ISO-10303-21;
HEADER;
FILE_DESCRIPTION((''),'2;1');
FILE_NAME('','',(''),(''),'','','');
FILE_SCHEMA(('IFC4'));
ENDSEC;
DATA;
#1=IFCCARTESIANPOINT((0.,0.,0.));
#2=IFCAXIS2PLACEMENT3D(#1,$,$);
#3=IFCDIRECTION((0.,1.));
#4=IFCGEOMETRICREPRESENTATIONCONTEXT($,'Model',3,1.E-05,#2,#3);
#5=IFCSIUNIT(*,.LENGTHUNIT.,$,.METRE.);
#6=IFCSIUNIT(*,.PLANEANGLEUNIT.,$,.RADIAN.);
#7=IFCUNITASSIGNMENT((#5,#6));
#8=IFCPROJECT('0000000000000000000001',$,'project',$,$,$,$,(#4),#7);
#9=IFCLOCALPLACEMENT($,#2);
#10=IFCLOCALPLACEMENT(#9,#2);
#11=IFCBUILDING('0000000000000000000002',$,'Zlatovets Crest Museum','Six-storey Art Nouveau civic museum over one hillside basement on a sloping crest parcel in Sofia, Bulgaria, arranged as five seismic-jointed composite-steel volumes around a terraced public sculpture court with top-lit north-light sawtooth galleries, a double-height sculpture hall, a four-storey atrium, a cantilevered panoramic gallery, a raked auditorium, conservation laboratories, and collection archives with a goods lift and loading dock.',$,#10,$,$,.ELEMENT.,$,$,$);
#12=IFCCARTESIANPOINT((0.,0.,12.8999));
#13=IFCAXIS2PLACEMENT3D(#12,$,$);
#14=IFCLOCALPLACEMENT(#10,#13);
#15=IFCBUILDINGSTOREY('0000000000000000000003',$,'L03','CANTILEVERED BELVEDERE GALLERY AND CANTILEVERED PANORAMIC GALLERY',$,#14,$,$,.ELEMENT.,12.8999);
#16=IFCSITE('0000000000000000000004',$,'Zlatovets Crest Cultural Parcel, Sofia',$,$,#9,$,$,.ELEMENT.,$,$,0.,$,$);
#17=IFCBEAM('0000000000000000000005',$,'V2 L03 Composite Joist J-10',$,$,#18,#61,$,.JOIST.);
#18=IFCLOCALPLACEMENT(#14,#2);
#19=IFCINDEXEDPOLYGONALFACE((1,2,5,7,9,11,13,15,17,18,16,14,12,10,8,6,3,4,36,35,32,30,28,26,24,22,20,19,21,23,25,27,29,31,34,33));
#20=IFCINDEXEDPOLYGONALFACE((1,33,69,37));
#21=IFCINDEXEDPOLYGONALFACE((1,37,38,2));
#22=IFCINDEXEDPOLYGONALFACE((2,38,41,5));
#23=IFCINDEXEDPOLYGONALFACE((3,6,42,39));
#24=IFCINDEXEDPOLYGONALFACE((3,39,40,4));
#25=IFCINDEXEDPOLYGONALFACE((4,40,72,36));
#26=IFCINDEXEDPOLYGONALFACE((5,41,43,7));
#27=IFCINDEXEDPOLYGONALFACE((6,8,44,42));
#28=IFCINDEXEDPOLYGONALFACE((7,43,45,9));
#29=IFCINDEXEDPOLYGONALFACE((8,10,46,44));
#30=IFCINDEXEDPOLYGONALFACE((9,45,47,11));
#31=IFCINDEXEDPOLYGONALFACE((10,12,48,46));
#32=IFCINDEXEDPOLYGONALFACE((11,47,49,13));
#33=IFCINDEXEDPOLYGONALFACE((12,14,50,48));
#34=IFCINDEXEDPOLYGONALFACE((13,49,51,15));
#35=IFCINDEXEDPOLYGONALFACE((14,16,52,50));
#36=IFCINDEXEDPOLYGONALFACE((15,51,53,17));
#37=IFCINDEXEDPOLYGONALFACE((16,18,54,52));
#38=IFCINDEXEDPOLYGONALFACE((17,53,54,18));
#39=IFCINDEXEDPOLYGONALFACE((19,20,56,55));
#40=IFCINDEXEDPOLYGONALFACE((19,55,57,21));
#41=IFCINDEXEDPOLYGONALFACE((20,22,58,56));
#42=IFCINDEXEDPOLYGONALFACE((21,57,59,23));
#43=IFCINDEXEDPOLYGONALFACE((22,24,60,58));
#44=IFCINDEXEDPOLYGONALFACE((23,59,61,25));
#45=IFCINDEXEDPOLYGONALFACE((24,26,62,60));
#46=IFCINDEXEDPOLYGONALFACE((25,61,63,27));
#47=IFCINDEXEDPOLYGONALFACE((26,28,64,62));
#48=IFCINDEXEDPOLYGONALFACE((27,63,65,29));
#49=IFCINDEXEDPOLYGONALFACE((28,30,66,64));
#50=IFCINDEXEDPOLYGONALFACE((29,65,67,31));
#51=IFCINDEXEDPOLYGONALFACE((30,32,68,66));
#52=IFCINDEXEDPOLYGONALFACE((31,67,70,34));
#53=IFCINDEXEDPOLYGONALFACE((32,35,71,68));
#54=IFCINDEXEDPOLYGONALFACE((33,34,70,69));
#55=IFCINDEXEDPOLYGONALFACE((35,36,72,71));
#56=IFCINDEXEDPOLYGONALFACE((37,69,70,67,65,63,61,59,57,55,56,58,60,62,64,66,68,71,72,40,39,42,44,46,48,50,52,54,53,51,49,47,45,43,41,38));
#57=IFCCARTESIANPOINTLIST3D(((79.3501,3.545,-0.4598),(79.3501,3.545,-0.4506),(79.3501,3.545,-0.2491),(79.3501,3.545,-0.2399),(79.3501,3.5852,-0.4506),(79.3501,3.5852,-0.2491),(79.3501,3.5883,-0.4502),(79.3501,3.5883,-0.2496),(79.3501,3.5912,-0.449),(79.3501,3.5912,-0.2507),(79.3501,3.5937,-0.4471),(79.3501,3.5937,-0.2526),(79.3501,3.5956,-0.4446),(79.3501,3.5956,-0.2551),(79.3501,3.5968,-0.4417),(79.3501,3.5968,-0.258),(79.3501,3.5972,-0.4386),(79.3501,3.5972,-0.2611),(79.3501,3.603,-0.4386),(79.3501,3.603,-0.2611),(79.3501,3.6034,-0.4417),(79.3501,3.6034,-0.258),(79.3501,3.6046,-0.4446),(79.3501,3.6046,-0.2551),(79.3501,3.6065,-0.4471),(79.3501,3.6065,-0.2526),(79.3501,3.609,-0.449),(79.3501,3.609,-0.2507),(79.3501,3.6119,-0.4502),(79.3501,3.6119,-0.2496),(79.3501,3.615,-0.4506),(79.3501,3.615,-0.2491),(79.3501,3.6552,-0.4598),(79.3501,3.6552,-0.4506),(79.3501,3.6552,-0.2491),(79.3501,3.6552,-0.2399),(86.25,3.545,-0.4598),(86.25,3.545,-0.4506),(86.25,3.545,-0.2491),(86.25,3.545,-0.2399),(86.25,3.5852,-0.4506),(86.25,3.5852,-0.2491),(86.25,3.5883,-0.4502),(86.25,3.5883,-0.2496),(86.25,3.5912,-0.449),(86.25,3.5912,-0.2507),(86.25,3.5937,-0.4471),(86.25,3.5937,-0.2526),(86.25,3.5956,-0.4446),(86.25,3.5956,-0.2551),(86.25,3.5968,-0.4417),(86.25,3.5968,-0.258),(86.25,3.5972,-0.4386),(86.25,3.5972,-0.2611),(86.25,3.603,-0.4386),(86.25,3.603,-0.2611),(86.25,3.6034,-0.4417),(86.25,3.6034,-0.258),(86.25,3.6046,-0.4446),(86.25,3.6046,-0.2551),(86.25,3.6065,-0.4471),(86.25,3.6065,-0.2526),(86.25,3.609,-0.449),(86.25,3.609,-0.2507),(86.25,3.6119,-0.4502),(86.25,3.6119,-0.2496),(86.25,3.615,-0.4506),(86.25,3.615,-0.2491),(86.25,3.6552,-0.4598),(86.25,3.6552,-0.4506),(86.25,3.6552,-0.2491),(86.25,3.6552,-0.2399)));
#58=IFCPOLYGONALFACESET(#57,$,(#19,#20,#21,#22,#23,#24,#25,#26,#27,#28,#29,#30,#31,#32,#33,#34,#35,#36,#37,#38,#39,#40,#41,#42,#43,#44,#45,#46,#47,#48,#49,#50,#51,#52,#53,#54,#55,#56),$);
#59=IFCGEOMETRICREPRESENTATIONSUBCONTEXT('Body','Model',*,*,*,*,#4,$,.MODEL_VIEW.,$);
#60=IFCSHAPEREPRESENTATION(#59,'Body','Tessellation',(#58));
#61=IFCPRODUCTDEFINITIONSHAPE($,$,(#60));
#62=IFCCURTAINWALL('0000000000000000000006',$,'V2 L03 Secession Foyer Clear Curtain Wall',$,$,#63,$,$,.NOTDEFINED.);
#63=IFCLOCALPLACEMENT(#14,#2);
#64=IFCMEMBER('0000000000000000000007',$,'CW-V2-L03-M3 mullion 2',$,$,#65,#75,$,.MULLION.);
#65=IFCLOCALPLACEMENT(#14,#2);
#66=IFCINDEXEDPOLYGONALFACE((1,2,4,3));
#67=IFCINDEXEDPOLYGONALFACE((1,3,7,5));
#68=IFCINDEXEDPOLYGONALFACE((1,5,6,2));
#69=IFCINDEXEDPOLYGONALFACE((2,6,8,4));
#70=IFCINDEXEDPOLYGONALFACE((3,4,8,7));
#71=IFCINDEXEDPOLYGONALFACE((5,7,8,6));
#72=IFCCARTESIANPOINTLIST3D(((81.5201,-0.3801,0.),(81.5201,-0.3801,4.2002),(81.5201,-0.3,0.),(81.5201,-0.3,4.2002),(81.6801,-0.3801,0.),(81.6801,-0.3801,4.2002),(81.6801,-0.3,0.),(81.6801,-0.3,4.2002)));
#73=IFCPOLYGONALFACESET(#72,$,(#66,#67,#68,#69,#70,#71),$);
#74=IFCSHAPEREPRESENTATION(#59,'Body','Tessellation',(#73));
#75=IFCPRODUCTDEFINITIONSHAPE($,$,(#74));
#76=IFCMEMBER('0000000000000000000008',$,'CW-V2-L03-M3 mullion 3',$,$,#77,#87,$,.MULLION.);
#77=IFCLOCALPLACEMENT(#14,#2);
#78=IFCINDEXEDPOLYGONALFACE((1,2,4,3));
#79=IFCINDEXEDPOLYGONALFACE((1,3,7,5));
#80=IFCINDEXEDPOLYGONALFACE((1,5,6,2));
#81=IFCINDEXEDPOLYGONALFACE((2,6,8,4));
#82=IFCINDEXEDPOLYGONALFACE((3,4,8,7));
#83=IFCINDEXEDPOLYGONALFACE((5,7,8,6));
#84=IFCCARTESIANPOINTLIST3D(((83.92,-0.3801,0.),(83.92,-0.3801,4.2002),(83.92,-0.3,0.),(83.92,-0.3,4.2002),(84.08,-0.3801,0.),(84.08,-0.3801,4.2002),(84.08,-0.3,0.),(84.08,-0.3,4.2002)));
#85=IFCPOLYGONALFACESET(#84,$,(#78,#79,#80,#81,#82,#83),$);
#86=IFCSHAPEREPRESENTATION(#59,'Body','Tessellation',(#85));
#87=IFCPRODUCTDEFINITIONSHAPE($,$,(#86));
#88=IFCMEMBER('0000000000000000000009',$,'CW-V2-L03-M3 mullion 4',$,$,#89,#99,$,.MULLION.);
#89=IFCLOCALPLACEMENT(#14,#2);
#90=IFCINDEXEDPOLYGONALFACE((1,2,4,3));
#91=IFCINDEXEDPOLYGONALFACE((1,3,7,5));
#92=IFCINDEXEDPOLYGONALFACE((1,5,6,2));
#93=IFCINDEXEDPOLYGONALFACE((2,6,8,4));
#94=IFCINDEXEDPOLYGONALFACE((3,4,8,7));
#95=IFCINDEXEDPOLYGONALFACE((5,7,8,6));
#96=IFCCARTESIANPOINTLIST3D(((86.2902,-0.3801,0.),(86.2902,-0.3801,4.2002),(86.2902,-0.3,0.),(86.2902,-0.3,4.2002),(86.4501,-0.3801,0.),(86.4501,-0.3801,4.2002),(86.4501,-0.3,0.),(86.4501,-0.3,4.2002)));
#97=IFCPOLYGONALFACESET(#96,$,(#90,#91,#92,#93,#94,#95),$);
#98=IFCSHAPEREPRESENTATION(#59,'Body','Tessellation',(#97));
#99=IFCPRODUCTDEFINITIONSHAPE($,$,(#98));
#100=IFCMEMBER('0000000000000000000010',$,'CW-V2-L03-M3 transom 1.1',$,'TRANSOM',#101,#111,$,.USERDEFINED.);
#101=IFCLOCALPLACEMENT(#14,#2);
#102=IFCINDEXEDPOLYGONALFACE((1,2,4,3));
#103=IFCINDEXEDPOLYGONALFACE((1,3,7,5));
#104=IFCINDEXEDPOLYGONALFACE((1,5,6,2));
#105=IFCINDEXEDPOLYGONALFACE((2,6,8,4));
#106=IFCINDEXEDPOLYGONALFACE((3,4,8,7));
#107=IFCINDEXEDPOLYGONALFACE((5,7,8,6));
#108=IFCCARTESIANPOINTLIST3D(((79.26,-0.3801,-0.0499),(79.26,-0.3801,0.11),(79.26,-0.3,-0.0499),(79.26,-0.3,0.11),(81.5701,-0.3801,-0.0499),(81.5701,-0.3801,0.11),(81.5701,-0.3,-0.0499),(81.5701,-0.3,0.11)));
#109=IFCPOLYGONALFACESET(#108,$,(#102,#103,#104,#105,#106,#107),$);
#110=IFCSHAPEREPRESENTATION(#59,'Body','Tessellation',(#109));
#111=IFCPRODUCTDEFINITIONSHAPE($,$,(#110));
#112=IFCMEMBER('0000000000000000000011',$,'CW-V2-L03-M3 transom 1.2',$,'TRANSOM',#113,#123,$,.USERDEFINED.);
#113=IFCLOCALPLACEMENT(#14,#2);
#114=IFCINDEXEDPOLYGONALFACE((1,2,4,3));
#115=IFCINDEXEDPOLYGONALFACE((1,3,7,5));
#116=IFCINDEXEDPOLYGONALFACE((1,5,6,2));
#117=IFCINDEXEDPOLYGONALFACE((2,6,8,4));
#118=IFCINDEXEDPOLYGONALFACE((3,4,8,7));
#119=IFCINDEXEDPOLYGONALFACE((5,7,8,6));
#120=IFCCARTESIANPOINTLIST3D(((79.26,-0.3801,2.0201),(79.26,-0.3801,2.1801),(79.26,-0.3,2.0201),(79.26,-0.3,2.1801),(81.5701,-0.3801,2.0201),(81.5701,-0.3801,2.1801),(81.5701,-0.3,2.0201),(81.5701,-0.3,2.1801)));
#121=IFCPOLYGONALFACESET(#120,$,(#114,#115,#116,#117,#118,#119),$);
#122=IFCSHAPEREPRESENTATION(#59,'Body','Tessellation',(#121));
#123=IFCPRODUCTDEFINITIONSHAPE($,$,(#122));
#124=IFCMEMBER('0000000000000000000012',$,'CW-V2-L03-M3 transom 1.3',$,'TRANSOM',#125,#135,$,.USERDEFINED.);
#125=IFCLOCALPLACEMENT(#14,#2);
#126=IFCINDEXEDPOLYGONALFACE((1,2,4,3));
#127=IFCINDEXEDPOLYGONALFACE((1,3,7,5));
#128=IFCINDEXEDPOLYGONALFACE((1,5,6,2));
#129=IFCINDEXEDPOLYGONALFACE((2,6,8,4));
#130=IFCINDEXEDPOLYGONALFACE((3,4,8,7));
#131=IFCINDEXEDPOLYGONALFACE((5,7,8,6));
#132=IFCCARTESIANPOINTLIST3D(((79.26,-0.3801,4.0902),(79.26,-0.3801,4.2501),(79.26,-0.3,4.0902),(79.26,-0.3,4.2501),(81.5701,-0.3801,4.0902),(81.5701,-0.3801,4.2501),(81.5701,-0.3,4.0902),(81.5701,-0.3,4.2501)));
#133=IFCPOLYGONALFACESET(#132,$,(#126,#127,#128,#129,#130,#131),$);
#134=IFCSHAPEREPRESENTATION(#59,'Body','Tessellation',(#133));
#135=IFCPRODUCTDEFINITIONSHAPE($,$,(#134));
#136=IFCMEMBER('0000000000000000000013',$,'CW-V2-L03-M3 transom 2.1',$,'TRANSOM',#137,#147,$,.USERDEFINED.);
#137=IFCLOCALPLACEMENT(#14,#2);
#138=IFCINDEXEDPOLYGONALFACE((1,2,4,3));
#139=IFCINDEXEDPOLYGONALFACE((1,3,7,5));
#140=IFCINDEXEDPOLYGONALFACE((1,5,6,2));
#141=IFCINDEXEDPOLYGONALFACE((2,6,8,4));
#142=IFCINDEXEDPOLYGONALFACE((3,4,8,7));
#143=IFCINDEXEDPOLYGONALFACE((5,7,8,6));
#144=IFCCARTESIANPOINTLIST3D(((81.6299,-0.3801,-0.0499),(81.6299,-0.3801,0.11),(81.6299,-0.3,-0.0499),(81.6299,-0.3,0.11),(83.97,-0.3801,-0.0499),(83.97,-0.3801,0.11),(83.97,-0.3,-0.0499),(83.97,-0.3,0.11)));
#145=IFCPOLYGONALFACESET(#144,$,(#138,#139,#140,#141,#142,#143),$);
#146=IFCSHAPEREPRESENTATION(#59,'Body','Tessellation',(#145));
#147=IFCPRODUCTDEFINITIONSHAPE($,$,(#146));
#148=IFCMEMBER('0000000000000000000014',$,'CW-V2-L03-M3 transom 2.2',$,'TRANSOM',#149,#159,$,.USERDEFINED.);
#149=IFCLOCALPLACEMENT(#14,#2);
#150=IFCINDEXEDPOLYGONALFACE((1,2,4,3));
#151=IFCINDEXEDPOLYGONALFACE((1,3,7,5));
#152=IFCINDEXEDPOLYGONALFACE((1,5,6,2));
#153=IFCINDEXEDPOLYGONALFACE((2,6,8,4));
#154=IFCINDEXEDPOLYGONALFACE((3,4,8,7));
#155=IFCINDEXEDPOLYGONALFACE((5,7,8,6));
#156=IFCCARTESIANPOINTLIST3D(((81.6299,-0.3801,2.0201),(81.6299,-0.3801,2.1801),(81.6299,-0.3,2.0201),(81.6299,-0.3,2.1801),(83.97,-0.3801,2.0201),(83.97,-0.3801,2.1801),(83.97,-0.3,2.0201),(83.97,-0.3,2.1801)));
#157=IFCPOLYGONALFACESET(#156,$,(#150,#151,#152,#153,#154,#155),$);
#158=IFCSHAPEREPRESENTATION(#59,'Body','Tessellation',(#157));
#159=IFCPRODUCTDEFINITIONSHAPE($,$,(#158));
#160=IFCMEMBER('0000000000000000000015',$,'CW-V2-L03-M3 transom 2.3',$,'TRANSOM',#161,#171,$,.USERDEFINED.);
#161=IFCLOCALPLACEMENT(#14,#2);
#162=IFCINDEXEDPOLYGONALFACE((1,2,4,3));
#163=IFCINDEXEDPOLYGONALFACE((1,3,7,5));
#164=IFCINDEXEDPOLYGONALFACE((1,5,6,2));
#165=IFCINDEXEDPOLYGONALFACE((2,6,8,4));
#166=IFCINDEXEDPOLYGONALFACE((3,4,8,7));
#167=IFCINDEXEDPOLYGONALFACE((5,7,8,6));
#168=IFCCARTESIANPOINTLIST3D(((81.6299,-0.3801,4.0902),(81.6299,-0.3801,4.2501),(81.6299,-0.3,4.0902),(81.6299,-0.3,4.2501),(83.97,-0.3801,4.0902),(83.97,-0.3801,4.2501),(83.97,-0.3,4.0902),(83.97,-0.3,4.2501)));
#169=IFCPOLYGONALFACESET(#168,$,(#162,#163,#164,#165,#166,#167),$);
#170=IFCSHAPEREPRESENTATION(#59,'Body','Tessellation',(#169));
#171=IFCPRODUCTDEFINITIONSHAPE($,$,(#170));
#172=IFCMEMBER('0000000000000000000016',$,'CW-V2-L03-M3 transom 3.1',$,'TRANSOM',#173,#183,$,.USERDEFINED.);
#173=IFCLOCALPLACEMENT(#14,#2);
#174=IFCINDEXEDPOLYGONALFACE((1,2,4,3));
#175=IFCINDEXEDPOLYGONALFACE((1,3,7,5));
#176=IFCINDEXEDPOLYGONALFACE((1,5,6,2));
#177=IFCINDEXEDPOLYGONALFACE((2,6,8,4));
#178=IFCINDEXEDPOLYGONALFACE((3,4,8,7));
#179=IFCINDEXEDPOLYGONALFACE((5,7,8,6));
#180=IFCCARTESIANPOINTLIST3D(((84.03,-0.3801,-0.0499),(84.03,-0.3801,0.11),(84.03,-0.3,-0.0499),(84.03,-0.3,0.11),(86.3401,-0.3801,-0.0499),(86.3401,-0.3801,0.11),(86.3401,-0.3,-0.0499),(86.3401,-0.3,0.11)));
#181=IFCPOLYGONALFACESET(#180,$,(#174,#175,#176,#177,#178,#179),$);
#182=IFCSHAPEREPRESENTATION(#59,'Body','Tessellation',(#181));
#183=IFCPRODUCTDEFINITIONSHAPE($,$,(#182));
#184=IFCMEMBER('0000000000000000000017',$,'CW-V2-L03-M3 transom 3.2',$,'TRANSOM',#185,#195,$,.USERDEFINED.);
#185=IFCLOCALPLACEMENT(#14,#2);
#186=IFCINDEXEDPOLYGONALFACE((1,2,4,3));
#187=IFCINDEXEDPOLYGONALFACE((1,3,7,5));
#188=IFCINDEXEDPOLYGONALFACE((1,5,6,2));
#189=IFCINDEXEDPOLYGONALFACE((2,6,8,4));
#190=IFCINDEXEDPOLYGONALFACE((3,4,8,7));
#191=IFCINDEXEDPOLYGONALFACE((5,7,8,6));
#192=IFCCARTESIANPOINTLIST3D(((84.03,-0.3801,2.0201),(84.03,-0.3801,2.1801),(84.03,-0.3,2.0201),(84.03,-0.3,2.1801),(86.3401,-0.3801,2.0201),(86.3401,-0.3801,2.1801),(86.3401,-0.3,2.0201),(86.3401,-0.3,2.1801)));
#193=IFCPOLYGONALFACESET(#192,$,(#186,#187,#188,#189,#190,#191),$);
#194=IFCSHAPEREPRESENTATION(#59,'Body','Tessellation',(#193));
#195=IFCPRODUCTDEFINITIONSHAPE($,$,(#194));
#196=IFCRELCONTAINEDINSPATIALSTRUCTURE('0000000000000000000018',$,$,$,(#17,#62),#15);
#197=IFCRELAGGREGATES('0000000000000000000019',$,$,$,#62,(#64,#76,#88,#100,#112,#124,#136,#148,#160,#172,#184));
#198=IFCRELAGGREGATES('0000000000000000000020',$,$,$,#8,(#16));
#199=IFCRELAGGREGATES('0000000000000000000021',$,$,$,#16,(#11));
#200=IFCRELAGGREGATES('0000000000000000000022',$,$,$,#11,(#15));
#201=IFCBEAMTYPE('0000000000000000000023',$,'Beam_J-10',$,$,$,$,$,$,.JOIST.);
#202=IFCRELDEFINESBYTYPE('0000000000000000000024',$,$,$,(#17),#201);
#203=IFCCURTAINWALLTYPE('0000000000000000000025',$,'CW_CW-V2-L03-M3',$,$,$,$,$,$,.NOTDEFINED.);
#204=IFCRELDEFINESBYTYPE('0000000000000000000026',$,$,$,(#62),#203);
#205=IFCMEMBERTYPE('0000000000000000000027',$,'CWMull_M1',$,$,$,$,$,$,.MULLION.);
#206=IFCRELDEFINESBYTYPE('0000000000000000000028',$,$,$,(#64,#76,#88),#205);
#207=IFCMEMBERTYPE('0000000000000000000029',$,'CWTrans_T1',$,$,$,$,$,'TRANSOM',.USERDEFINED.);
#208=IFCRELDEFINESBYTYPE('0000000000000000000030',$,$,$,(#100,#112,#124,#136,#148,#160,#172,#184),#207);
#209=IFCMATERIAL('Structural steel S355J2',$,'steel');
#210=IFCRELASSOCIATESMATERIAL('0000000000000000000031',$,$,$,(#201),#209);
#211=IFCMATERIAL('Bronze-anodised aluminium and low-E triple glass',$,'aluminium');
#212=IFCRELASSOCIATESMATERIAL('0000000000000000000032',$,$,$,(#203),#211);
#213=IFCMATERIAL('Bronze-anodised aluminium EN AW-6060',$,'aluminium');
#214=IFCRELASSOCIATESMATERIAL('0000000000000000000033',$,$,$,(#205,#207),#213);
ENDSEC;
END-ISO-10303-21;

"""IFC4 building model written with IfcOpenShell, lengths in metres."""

from ifc_helpers import new_model, si_unit, direction, frame, origin, origin_2d, place, context, subcontext, project, spatial, rectangle, i_section, extrude, material, material_profile, profile_set, type_object, element, aggregate, save


model = new_model("IFC4")

# Units and contexts
model_context = context("Model", 3, precision=1e-05, world=origin(), true_north=direction((0.0, 1.0)))
body_context = subcontext(model_context, "Body", "Model", "MODEL_VIEW")
ifc_project = project(units=[si_unit("LENGTHUNIT", "METRE"), si_unit("PLANEANGLEUNIT", "RADIAN")], contexts=[model_context])

# Site, building, storey
site_placement = place(None, origin())
site = spatial("IfcSite", under=ifc_project, at=site_placement, Name="Zlatovets Crest Cultural Parcel, Sofia", CompositionType="ELEMENT", RefElevation=0.0)
building_placement = place(site_placement, origin())
building = spatial("IfcBuilding", under=site, at=building_placement, Name="Zlatovets Crest Museum", Description="Six-storey Art Nouveau civic museum over one hillside basement on a sloping crest parcel in Sofia, Bulgaria, arranged as five seismic-jointed composite-steel volumes around a terraced public sculpture court with top-lit north-light sawtooth galleries, a double-height sculpture hall, a four-storey atrium, a cantilevered panoramic gallery, a raked auditorium, conservation laboratories, and collection archives with a goods lift and loading dock.", CompositionType="ELEMENT")
storey_placement = place(building_placement, frame((0.0, 0.0, 12.8999)))
storey = spatial("IfcBuildingStorey", under=building, at=storey_placement, Name="L03", Description="CANTILEVERED BELVEDERE GALLERY AND CANTILEVERED PANORAMIC GALLERY", CompositionType="ELEMENT", Elevation=12.8999)

# Beam
ifc_material_1 = material(Name="Structural steel S355J2", Category="steel")
ifc_material_profile_1 = material_profile(ifc_material_1, i_section(OverallWidth=0.1101, OverallDepth=0.22, WebThickness=0.0059, FlangeThickness=0.0093, FilletRadius=0.012, at=origin_2d()), Name="IPE 220")
ifc_profile_set_1 = profile_set([ifc_material_profile_1], Name="Structural steel S355J2")
beam_type = type_object("IfcBeamType", Name="Beam_J-10", PredefinedType="JOIST", material=ifc_profile_set_1)
beam_placement = place(storey_placement, frame((79.3501, 3.6001, -0.3499), z_axis=(1.0, 0.0, 0.0), x_axis=(0.0, 1.0, 0.0)))
element("IfcBeam", 1, at=beam_placement, inside=storey, type_object=beam_type, Name="V2 L03 Composite Joist J-10", PredefinedType="JOIST", context=body_context, shape_type="SweptSolid", body=[
    extrude(i_section(OverallWidth=0.1101, OverallDepth=0.22, WebThickness=0.0059, FlangeThickness=0.0093, FilletRadius=0.012, at=origin_2d()), origin(), (0.0, 0.0, 1.0), 6.8999),
])

# Curtain wall, members
ifc_material_2 = material(Name="Bronze-anodised aluminium and low-E triple glass", Category="aluminium")
curtain_wall_type = type_object("IfcCurtainWallType", Name="CW_CW-V2-L03-M3", PredefinedType="NOTDEFINED", material=ifc_material_2)
curtain_wall_placement = place(storey_placement, origin())
curtain_wall = element("IfcCurtainWall", 2, at=curtain_wall_placement, inside=storey, type_object=curtain_wall_type, Name="V2 L03 Secession Foyer Clear Curtain Wall", PredefinedType="NOTDEFINED")
ifc_material_3 = material(Name="Bronze-anodised aluminium EN AW-6060", Category="aluminium")
ifc_material_profile_2 = material_profile(ifc_material_3, rectangle(XDim=0.0801, YDim=0.1599, at=origin_2d()), Name="ALU 80x160")
ifc_profile_set_2 = profile_set([ifc_material_profile_2], Name="Bronze-anodised aluminium EN AW-6060")
member_type_1 = type_object("IfcMemberType", Name="CWMull_M1", PredefinedType="MULLION", material=ifc_profile_set_2)
member_1_placement = place(storey_placement, frame((81.6001, -0.3401, 0.0), z_axis=(0.0, 0.0, 1.0), x_axis=(0.0, 1.0, 0.0)))
member_1 = element("IfcMember", 3, at=member_1_placement, type_object=member_type_1, Name="CW-V2-L03-M3 mullion 2", PredefinedType="MULLION", context=body_context, shape_type="SweptSolid", body=[
    extrude(rectangle(XDim=0.0801, YDim=0.1599, at=origin_2d()), origin(), (0.0, 0.0, 1.0), 4.2002),
])
member_2_placement = place(storey_placement, frame((84.0, -0.3401, 0.0), z_axis=(0.0, 0.0, 1.0), x_axis=(0.0, 1.0, 0.0)))
member_2 = element("IfcMember", 4, at=member_2_placement, type_object=member_type_1, Name="CW-V2-L03-M3 mullion 3", PredefinedType="MULLION", context=body_context, shape_type="SweptSolid", body=[
    extrude(rectangle(XDim=0.0801, YDim=0.1599, at=origin_2d()), origin(), (0.0, 0.0, 1.0), 4.2002),
])
member_3_placement = place(storey_placement, frame((86.3701, -0.3401, 0.0), z_axis=(0.0, 0.0, 1.0), x_axis=(0.0, 1.0, 0.0)))
member_3 = element("IfcMember", 5, at=member_3_placement, type_object=member_type_1, Name="CW-V2-L03-M3 mullion 4", PredefinedType="MULLION", context=body_context, shape_type="SweptSolid", body=[
    extrude(rectangle(XDim=0.0801, YDim=0.1599, at=origin_2d()), origin(), (0.0, 0.0, 1.0), 4.2002),
])
ifc_material_profile_3 = material_profile(ifc_material_3, rectangle(XDim=0.0801, YDim=0.1599, at=origin_2d()), Name="ALU 80x160")
ifc_profile_set_3 = profile_set([ifc_material_profile_3], Name="Bronze-anodised aluminium EN AW-6060")
member_type_2 = type_object("IfcMemberType", Name="CWTrans_T1", ElementType="TRANSOM", PredefinedType="USERDEFINED", material=ifc_profile_set_3)
member_4_placement = place(storey_placement, frame((79.26, -0.3401, 0.03), z_axis=(1.0, 0.0, 0.0), x_axis=(0.0, 1.0, 0.0)))
member_4 = element("IfcMember", 6, at=member_4_placement, type_object=member_type_2, Name="CW-V2-L03-M3 transom 1.1", ObjectType="TRANSOM", PredefinedType="USERDEFINED", context=body_context, shape_type="SweptSolid", body=[
    extrude(rectangle(XDim=0.0801, YDim=0.1599, at=origin_2d()), origin(), (0.0, 0.0, 1.0), 2.3101),
])
member_5_placement = place(storey_placement, frame((79.26, -0.3401, 2.1001), z_axis=(1.0, 0.0, 0.0), x_axis=(0.0, 1.0, 0.0)))
member_5 = element("IfcMember", 7, at=member_5_placement, type_object=member_type_2, Name="CW-V2-L03-M3 transom 1.2", ObjectType="TRANSOM", PredefinedType="USERDEFINED", context=body_context, shape_type="SweptSolid", body=[
    extrude(rectangle(XDim=0.0801, YDim=0.1599, at=origin_2d()), origin(), (0.0, 0.0, 1.0), 2.3101),
])
member_6_placement = place(storey_placement, frame((79.26, -0.3401, 4.1702), z_axis=(1.0, 0.0, 0.0), x_axis=(0.0, 1.0, 0.0)))
member_6 = element("IfcMember", 8, at=member_6_placement, type_object=member_type_2, Name="CW-V2-L03-M3 transom 1.3", ObjectType="TRANSOM", PredefinedType="USERDEFINED", context=body_context, shape_type="SweptSolid", body=[
    extrude(rectangle(XDim=0.0801, YDim=0.1599, at=origin_2d()), origin(), (0.0, 0.0, 1.0), 2.3101),
])
member_7_placement = place(storey_placement, frame((81.6299, -0.3401, 0.03), z_axis=(1.0, 0.0, 0.0), x_axis=(0.0, 1.0, 0.0)))
member_7 = element("IfcMember", 9, at=member_7_placement, type_object=member_type_2, Name="CW-V2-L03-M3 transom 2.1", ObjectType="TRANSOM", PredefinedType="USERDEFINED", context=body_context, shape_type="SweptSolid", body=[
    extrude(rectangle(XDim=0.0801, YDim=0.1599, at=origin_2d()), origin(), (0.0, 0.0, 1.0), 2.3401),
])
member_8_placement = place(storey_placement, frame((81.6299, -0.3401, 2.1001), z_axis=(1.0, 0.0, 0.0), x_axis=(0.0, 1.0, 0.0)))
member_8 = element("IfcMember", 10, at=member_8_placement, type_object=member_type_2, Name="CW-V2-L03-M3 transom 2.2", ObjectType="TRANSOM", PredefinedType="USERDEFINED", context=body_context, shape_type="SweptSolid", body=[
    extrude(rectangle(XDim=0.0801, YDim=0.1599, at=origin_2d()), origin(), (0.0, 0.0, 1.0), 2.3401),
])
member_9_placement = place(storey_placement, frame((81.6299, -0.3401, 4.1702), z_axis=(1.0, 0.0, 0.0), x_axis=(0.0, 1.0, 0.0)))
member_9 = element("IfcMember", 11, at=member_9_placement, type_object=member_type_2, Name="CW-V2-L03-M3 transom 2.3", ObjectType="TRANSOM", PredefinedType="USERDEFINED", context=body_context, shape_type="SweptSolid", body=[
    extrude(rectangle(XDim=0.0801, YDim=0.1599, at=origin_2d()), origin(), (0.0, 0.0, 1.0), 2.3401),
])
member_10_placement = place(storey_placement, frame((84.03, -0.3401, 0.03), z_axis=(1.0, 0.0, 0.0), x_axis=(0.0, 1.0, 0.0)))
member_10 = element("IfcMember", 12, at=member_10_placement, type_object=member_type_2, Name="CW-V2-L03-M3 transom 3.1", ObjectType="TRANSOM", PredefinedType="USERDEFINED", context=body_context, shape_type="SweptSolid", body=[
    extrude(rectangle(XDim=0.0801, YDim=0.1599, at=origin_2d()), origin(), (0.0, 0.0, 1.0), 2.3101),
])
member_11_placement = place(storey_placement, frame((84.03, -0.3401, 2.1001), z_axis=(1.0, 0.0, 0.0), x_axis=(0.0, 1.0, 0.0)))
member_11 = element("IfcMember", 13, at=member_11_placement, type_object=member_type_2, Name="CW-V2-L03-M3 transom 3.2", ObjectType="TRANSOM", PredefinedType="USERDEFINED", context=body_context, shape_type="SweptSolid", body=[
    extrude(rectangle(XDim=0.0801, YDim=0.1599, at=origin_2d()), origin(), (0.0, 0.0, 1.0), 2.3101),
])

aggregate(curtain_wall, [member_1, member_2, member_3, member_4, member_5, member_6, member_7, member_8, member_9, member_10, member_11])

save(model, "model.ifc")
